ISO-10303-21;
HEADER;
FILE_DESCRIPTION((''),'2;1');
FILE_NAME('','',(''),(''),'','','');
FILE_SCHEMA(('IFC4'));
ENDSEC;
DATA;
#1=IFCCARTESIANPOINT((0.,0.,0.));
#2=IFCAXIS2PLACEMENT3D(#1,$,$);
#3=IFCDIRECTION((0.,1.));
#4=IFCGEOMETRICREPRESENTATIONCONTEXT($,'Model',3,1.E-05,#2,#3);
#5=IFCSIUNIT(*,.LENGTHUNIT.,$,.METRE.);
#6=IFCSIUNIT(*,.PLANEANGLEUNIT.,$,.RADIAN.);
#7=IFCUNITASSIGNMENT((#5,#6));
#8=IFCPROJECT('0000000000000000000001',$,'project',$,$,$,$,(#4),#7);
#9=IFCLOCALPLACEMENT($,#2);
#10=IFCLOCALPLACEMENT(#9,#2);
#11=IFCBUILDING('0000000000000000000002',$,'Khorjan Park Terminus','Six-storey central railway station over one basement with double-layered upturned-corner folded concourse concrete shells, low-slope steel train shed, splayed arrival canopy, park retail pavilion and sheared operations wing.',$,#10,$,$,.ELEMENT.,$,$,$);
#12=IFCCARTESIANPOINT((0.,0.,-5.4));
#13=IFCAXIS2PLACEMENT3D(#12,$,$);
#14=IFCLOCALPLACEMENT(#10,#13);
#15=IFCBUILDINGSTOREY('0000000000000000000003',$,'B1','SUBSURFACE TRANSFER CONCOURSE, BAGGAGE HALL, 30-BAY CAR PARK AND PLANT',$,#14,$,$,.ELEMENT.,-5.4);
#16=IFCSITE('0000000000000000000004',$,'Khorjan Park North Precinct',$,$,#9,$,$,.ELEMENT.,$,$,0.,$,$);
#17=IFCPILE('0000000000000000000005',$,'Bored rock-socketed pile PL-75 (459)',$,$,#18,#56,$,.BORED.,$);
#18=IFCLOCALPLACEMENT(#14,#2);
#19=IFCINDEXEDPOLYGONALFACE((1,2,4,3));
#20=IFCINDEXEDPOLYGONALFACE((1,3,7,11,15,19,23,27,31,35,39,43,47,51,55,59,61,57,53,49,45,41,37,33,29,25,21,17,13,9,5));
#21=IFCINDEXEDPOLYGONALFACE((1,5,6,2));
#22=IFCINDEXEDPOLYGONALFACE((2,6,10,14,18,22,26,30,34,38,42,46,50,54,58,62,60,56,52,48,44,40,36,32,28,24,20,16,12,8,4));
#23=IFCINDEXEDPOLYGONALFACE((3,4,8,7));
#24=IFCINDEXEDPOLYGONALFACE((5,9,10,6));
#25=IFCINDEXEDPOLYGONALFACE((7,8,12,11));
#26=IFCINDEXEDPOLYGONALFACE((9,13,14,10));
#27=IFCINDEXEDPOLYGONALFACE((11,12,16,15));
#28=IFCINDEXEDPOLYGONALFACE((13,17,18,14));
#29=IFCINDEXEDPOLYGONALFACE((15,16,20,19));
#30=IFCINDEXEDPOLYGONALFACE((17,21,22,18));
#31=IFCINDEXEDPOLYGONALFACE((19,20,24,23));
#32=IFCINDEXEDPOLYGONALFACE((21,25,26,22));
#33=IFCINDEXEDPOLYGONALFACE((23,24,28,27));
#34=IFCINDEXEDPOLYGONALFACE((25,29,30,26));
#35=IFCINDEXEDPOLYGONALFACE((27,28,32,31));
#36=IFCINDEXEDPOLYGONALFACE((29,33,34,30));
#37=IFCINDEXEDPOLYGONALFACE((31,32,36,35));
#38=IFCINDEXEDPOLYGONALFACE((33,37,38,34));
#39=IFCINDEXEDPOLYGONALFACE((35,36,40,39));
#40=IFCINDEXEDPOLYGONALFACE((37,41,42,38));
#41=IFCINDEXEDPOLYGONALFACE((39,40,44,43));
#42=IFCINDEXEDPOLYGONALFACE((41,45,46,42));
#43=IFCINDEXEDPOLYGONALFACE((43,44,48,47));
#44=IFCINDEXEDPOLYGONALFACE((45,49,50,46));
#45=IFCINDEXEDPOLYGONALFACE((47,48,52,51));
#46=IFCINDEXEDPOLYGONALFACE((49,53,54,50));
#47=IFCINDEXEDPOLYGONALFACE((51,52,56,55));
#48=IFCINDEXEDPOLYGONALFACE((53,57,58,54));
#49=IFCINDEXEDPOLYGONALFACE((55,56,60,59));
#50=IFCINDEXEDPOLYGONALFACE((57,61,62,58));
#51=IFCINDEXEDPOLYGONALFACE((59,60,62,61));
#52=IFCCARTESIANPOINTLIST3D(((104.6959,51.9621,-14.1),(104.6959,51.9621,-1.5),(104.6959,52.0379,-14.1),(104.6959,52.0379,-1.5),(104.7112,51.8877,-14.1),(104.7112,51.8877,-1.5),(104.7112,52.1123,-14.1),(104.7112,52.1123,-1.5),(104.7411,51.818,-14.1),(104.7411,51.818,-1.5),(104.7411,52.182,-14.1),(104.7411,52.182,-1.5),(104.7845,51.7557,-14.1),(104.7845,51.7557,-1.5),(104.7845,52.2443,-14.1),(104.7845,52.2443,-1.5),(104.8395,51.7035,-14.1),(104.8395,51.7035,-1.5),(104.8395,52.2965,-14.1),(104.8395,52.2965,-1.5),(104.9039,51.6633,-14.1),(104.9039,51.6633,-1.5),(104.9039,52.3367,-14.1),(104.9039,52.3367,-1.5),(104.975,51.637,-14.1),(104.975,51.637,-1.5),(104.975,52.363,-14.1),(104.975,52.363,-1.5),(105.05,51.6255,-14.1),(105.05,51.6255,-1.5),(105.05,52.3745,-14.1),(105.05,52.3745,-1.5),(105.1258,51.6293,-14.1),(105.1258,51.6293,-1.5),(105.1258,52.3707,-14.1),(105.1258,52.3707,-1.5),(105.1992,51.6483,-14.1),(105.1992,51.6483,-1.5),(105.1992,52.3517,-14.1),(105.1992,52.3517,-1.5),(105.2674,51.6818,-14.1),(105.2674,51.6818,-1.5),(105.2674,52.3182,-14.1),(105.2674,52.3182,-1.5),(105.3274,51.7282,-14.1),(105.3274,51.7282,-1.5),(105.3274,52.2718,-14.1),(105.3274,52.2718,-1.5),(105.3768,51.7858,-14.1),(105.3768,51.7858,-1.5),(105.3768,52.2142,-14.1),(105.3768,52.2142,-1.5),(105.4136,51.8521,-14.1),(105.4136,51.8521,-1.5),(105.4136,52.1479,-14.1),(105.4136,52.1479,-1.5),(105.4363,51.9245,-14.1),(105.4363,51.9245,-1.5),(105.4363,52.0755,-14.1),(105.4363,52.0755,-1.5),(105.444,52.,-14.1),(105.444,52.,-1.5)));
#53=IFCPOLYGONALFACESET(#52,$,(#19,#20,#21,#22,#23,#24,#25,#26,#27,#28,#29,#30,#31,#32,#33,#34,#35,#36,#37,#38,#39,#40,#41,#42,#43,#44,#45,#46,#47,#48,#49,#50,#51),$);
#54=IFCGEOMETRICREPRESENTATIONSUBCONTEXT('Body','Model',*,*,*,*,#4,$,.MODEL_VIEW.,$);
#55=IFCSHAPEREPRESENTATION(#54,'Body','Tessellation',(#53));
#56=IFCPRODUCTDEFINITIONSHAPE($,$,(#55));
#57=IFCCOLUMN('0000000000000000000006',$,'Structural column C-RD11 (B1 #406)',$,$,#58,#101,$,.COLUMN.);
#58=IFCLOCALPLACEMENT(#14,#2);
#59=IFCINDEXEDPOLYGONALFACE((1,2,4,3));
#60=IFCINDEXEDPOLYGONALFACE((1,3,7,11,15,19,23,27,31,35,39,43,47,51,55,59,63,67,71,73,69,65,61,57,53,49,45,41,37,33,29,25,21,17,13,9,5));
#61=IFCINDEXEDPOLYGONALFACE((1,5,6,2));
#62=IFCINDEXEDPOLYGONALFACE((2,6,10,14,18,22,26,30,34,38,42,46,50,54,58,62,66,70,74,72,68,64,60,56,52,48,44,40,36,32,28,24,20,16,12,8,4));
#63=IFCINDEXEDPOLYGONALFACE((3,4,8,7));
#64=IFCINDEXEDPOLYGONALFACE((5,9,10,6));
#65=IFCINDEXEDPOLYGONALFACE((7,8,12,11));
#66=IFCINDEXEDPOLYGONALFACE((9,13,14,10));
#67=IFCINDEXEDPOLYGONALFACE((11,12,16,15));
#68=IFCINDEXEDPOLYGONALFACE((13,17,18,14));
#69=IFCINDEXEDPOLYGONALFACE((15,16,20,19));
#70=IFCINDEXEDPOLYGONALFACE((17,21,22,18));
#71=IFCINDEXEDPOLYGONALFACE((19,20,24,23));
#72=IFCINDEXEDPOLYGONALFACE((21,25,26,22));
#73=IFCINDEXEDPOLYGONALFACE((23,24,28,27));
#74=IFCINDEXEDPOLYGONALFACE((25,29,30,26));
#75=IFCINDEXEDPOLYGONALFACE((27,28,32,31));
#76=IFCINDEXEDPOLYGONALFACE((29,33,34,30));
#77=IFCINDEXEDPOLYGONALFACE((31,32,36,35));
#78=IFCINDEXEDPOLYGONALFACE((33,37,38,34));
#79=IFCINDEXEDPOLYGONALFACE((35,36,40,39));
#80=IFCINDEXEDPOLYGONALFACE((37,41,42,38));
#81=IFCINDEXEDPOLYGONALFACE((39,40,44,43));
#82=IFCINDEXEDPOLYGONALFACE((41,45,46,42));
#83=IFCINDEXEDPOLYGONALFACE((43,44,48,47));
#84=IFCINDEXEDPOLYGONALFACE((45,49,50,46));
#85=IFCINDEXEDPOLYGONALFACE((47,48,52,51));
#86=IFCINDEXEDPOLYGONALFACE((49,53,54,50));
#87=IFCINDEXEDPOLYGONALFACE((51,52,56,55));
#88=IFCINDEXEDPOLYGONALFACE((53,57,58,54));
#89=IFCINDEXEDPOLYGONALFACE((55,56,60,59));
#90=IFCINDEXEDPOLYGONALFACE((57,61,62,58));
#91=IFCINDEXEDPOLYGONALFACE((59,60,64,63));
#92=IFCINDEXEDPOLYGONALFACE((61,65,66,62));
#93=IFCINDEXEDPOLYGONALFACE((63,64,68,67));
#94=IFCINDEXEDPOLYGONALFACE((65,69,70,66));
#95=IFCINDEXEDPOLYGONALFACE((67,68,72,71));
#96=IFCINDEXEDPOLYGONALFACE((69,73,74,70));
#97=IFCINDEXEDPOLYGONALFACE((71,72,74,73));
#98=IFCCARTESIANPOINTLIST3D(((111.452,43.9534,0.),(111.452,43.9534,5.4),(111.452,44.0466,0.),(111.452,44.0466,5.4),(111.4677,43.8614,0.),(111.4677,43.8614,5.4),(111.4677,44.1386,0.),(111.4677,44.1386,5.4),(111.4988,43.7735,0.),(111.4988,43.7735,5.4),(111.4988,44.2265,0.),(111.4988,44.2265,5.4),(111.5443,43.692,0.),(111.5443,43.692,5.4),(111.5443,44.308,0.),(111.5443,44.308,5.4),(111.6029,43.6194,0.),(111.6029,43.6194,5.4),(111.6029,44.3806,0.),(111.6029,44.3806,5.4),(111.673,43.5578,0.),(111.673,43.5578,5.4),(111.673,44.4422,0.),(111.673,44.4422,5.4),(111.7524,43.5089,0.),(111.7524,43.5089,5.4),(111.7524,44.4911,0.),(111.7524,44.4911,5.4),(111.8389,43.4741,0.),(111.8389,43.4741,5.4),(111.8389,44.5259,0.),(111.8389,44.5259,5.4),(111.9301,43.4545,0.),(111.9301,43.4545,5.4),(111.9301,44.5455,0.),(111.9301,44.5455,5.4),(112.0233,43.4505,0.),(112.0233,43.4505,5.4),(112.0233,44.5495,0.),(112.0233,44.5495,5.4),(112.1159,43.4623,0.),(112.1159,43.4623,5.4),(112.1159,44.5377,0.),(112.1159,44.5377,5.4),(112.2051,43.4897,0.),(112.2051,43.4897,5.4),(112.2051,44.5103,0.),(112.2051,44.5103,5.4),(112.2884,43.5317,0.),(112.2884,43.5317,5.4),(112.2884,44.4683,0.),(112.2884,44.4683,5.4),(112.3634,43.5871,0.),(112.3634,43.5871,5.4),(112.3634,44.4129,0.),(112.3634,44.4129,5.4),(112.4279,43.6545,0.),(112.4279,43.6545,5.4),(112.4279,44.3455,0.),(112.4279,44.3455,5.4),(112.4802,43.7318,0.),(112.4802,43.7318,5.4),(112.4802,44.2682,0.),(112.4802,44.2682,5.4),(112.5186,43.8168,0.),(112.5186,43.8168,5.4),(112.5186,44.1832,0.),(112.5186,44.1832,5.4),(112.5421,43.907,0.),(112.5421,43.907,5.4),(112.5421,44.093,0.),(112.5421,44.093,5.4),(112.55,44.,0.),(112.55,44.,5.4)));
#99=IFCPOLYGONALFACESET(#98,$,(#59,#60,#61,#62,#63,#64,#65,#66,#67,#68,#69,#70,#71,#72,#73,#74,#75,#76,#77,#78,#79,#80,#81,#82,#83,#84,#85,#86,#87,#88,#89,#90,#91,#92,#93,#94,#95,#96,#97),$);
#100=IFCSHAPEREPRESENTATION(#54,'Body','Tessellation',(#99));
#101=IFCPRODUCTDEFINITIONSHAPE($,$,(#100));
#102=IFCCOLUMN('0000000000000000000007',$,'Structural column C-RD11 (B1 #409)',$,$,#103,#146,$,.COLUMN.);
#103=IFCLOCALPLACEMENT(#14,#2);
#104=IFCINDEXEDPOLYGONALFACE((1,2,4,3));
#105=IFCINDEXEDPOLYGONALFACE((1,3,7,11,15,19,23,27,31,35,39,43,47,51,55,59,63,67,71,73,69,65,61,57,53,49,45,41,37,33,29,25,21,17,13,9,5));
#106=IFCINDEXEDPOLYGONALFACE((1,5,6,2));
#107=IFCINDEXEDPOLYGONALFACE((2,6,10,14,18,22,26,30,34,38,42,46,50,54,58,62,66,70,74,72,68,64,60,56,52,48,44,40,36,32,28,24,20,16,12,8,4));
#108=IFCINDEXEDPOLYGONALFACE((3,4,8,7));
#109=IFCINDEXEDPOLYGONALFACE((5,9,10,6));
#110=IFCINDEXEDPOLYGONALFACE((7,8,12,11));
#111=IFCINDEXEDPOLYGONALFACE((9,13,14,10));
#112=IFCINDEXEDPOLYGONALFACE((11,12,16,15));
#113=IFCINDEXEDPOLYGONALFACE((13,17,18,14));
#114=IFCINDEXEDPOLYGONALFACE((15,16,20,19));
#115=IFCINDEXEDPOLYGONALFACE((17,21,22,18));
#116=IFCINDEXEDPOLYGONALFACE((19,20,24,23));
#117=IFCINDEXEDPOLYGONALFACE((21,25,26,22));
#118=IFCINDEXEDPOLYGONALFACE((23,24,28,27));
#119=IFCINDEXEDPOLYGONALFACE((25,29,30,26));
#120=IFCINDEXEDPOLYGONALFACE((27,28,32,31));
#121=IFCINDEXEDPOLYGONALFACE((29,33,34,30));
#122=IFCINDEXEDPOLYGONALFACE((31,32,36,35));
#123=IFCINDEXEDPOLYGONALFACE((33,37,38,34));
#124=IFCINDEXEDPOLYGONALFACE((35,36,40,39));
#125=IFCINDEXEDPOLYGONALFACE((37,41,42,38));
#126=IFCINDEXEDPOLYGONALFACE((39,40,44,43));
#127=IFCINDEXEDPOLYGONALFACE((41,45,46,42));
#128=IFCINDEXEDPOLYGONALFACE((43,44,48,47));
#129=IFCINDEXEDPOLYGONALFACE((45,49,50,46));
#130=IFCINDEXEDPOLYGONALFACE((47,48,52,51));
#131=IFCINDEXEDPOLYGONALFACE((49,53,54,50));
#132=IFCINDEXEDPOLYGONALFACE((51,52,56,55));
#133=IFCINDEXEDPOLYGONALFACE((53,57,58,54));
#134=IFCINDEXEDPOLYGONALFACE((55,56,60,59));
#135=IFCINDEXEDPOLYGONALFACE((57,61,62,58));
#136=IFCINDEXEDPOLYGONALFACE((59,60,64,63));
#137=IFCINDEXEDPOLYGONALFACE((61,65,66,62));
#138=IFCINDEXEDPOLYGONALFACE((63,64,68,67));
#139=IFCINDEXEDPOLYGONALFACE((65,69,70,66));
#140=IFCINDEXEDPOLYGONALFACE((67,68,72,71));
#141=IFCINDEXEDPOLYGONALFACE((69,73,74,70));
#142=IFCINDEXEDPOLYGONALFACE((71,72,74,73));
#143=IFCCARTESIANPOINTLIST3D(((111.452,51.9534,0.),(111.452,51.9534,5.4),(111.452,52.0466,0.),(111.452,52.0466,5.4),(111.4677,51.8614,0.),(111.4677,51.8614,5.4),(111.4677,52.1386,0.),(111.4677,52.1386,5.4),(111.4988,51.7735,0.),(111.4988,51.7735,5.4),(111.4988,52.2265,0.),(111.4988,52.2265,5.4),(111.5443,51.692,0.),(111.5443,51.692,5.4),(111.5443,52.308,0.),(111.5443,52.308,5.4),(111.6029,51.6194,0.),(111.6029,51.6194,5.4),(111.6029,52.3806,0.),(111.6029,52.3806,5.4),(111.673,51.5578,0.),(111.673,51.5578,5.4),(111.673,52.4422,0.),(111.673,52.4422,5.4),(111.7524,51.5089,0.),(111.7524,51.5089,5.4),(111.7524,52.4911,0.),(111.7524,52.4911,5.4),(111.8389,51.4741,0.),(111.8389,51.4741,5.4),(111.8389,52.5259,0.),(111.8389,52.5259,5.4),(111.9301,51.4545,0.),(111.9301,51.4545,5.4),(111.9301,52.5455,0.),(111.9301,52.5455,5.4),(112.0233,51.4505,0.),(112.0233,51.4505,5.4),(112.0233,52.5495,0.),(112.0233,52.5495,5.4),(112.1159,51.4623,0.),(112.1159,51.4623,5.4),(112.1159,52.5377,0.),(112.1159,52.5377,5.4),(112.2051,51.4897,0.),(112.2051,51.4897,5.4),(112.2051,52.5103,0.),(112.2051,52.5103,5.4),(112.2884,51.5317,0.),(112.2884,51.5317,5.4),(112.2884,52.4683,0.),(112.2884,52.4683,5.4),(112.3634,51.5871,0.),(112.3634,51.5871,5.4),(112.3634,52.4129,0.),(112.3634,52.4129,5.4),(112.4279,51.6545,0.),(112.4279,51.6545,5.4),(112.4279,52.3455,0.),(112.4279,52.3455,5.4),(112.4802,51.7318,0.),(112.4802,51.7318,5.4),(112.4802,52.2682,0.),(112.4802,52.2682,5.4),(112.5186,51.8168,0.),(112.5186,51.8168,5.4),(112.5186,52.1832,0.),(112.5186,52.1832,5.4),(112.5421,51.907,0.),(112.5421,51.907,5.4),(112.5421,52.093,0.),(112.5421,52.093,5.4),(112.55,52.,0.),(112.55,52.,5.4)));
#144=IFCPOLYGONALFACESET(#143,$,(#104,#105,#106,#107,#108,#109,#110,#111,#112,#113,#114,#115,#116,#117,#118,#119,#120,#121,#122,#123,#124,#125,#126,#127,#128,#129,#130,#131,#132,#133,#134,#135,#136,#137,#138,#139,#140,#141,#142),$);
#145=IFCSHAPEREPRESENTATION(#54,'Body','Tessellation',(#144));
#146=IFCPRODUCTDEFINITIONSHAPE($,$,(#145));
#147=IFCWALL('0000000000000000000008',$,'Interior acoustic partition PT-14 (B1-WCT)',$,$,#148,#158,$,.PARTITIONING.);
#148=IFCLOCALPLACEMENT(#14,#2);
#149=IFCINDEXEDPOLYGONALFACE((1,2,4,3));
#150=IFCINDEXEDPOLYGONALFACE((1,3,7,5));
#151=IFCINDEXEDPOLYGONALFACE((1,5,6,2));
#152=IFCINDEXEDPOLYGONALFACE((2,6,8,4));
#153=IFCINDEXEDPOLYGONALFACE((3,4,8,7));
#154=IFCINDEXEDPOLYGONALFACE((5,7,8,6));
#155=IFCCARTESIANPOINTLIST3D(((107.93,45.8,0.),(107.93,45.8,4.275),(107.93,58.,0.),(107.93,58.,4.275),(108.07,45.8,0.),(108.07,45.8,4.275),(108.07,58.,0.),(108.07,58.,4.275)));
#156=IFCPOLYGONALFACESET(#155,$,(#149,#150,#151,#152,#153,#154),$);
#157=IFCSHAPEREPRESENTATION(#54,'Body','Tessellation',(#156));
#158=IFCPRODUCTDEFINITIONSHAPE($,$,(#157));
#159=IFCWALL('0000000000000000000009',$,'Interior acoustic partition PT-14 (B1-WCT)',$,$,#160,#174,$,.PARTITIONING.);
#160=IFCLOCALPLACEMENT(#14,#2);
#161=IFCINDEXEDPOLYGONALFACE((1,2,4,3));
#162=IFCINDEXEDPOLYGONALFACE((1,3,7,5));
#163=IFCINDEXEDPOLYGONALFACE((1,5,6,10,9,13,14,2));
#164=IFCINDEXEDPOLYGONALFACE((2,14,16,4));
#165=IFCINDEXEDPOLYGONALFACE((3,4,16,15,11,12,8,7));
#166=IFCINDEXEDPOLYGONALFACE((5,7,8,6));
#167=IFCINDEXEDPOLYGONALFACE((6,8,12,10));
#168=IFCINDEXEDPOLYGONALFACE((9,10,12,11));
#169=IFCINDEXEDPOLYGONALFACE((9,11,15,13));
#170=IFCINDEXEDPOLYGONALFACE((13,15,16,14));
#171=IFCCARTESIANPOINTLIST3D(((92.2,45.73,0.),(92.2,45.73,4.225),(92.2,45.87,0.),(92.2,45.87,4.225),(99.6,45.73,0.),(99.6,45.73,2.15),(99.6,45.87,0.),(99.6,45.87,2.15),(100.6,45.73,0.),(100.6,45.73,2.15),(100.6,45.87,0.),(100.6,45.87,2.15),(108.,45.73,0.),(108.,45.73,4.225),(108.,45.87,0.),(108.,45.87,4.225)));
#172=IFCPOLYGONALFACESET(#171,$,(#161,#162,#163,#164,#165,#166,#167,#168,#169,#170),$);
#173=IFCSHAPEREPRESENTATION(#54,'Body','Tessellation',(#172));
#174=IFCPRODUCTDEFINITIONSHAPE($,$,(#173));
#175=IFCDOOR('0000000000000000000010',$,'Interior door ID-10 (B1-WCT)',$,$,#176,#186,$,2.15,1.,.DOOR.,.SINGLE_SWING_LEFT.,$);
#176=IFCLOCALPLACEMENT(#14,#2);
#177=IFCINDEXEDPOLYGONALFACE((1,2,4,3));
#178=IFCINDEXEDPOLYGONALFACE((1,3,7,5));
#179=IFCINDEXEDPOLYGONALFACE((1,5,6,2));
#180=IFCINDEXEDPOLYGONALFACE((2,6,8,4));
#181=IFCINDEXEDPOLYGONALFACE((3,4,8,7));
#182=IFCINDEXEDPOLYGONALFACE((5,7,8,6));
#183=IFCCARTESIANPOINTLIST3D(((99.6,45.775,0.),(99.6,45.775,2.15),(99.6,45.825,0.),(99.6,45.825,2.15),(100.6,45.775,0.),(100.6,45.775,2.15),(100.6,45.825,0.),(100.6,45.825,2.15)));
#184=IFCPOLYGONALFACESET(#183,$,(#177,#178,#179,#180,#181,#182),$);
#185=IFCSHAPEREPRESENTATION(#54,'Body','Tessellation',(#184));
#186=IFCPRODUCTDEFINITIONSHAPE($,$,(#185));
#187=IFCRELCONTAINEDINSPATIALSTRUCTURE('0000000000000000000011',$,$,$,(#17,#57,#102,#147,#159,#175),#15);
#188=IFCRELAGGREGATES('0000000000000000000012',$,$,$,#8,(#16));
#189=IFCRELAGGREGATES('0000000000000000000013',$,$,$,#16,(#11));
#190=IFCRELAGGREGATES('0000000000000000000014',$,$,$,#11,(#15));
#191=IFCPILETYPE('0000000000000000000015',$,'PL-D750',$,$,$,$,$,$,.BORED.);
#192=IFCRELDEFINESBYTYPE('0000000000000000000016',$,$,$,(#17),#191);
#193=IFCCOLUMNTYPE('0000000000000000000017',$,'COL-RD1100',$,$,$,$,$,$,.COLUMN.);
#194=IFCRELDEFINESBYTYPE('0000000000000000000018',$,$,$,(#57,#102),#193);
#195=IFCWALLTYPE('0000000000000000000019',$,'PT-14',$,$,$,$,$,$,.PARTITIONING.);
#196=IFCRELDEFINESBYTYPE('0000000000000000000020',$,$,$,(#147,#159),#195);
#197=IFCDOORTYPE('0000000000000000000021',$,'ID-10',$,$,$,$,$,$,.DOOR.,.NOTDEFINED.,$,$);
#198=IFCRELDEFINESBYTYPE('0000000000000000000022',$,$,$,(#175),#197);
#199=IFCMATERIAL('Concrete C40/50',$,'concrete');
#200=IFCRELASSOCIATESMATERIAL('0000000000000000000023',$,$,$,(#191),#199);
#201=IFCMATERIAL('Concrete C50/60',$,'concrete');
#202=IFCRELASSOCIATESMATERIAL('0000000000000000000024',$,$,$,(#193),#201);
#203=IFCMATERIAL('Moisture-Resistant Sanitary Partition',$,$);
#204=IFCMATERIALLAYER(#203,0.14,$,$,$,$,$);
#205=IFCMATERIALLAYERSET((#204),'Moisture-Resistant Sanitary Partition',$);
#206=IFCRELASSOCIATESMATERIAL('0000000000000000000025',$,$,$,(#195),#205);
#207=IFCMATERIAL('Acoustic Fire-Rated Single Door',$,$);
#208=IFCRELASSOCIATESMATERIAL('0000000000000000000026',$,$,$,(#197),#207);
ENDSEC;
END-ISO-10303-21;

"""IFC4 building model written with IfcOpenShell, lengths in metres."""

from ifc_helpers import new_model, si_unit, direction, frame, frame_2d, origin, origin_2d, place, context, subcontext, project, spatial, rectangle, circle, extrude, material, layer, layer_set, material_profile, profile_set, type_object, element, fill, save


model = new_model("IFC4")

# Units and contexts
model_context = context("Model", 3, precision=1e-05, world=origin(), true_north=direction((0.0, 1.0)))
body_context = subcontext(model_context, "Body", "Model", "MODEL_VIEW")
ifc_project = project(units=[si_unit("LENGTHUNIT", "METRE"), si_unit("PLANEANGLEUNIT", "RADIAN")], contexts=[model_context])

# Site, building, storey
site_placement = place(None, origin())
site = spatial("IfcSite", under=ifc_project, at=site_placement, Name="Khorjan Park North Precinct", CompositionType="ELEMENT", RefElevation=0.0)
building_placement = place(site_placement, origin())
building = spatial("IfcBuilding", under=site, at=building_placement, Name="Khorjan Park Terminus", Description="Six-storey central railway station over one basement with double-layered upturned-corner folded concourse concrete shells, low-slope steel train shed, splayed arrival canopy, park retail pavilion and sheared operations wing.", CompositionType="ELEMENT")
storey_placement = place(building_placement, frame((0.0, 0.0, -5.4)))
storey = spatial("IfcBuildingStorey", under=building, at=storey_placement, Name="B1", Description="SUBSURFACE TRANSFER CONCOURSE, BAGGAGE HALL, 30-BAY CAR PARK AND PLANT", CompositionType="ELEMENT", Elevation=-5.4)

# Shared definitions
ifc_material_1 = material(Name="Concrete C40/50", Category="concrete")

# Pile
ifc_material_profile_1 = material_profile(ifc_material_1, circle(Radius=0.375, at=origin_2d()), Name="BORED D750")
ifc_profile_set_1 = profile_set([ifc_material_profile_1], Name="Concrete C40/50")
pile_type_1 = type_object("IfcPileType", Name="PL-D750", PredefinedType="BORED", material=ifc_profile_set_1)
pile_placement = place(storey_placement, frame((105.069, 52.0, -1.5), z_axis=(0.0, 0.0, -1.0), x_axis=(1.0, 0.0, 0.0)))
element("IfcPile", 1, at=pile_placement, inside=storey, type_object=pile_type_1, Name="Bored rock-socketed pile PL-75 (459)", PredefinedType="BORED", context=body_context, shape_type="SweptSolid", body=[
    extrude(circle(Radius=0.375, at=origin_2d()), origin(), (0.0, 0.0, 1.0), 12.6),
])

# Columns
ifc_material_2 = material(Name="Concrete C50/60", Category="concrete")
ifc_material_profile_2 = material_profile(ifc_material_2, circle(Radius=0.55, at=origin_2d()), Name="RC D1100")
ifc_profile_set_2 = profile_set([ifc_material_profile_2], Name="Concrete C50/60")
column_type = type_object("IfcColumnType", Name="COL-RD1100", PredefinedType="COLUMN", material=ifc_profile_set_2)
for number, where, z_axis, x_axis, name in (
    (2, (112.0, 44.0, 0.0), (0.0, 0.0, 1.0), (1.0, 0.0, 0.0), "Structural column C-RD11 (B1 #406)"),
    (3, (112.0, 52.0, 0.0), (0.0, 0.0, 1.0), (1.0, 0.0, 0.0), "Structural column C-RD11 (B1 #409)"),
):
    element("IfcColumn", number, at=place(storey_placement, frame(where, z_axis=z_axis, x_axis=x_axis)), inside=storey, type_object=column_type, Name=name, PredefinedType="COLUMN", context=body_context, shape_type="SweptSolid", body=[
        extrude(circle(Radius=0.55, at=origin_2d()), origin(), (0.0, 0.0, 1.0), 5.4),
    ])

# Wall
ifc_material_3 = material(Name="Moisture-Resistant Sanitary Partition")
ifc_layer_1 = layer(ifc_material_3, 0.14)
ifc_layer_set_1 = layer_set([ifc_layer_1], Name="Moisture-Resistant Sanitary Partition")
wall_type_1 = type_object("IfcWallType", Name="PT-14", PredefinedType="PARTITIONING", material=ifc_layer_set_1)
wall_1_placement = place(storey_placement, frame((108.0, 58.0, 0.0), z_axis=(0.0, 0.0, 1.0), x_axis=(0.0, -1.0, 0.0)))
element("IfcWall", 4, at=wall_1_placement, inside=storey, type_object=wall_type_1, Name="Interior acoustic partition PT-14 (B1-WCT)", PredefinedType="PARTITIONING", context=body_context, shape_type="SweptSolid", body=[
    extrude(rectangle(XDim=12.2, YDim=0.14, at=frame_2d((6.1, 0.0))), origin(), (0.0, 0.0, 1.0), 4.275),
])

# Wall, opening, door
wall_2_placement = place(storey_placement, frame((108.0, 45.8, 0.0), z_axis=(0.0, 0.0, 1.0), x_axis=(-1.0, 0.0, 0.0)))
wall_2 = element("IfcWall", 5, at=wall_2_placement, inside=storey, type_object=wall_type_1, Name="Interior acoustic partition PT-14 (B1-WCT)", PredefinedType="PARTITIONING", context=body_context, shape_type="SweptSolid", body=[
    extrude(rectangle(XDim=15.8, YDim=0.14, at=frame_2d((7.9, 0.0))), origin(), (0.0, 0.0, 1.0), 4.225),
])
opening_1_placement = place(wall_2_placement, frame((7.4, 0.0, 0.0)))
opening_1 = element("IfcOpeningElement", 6, at=opening_1_placement, cuts=wall_2, PredefinedType="OPENING", context=body_context, shape_type="SweptSolid", body=[
    extrude(rectangle(XDim=1.0, YDim=2.15, at=frame_2d((0.5, 1.075))), frame((0.0, 0.08, 0.0), z_axis=(0.0, -1.0, 0.0), x_axis=(1.0, 0.0, 0.0)), (0.0, 0.0, 1.0), 0.16),
])
ifc_material_4 = material(Name="Acoustic Fire-Rated Single Door")
door_type = type_object("IfcDoorType", Name="ID-10", OperationType="NOTDEFINED", PredefinedType="DOOR", material=ifc_material_4)
door_1_placement = place(opening_1_placement, origin())
door_1 = element("IfcDoor", 7, at=door_1_placement, inside=storey, type_object=door_type, Name="Interior door ID-10 (B1-WCT)", OperationType="SINGLE_SWING_LEFT", OverallHeight=2.15, OverallWidth=1.0, PredefinedType="DOOR", context=body_context, shape_type="SweptSolid", body=[
    extrude(rectangle(XDim=1.0, YDim=2.15, at=frame_2d((0.5, 1.075))), frame((0.0, 0.025, 0.0), z_axis=(0.0, -1.0, 0.0), x_axis=(1.0, 0.0, 0.0)), (0.0, 0.0, 1.0), 0.05),
])
fill(opening_1, door_1)

save(model, "model.ifc")
